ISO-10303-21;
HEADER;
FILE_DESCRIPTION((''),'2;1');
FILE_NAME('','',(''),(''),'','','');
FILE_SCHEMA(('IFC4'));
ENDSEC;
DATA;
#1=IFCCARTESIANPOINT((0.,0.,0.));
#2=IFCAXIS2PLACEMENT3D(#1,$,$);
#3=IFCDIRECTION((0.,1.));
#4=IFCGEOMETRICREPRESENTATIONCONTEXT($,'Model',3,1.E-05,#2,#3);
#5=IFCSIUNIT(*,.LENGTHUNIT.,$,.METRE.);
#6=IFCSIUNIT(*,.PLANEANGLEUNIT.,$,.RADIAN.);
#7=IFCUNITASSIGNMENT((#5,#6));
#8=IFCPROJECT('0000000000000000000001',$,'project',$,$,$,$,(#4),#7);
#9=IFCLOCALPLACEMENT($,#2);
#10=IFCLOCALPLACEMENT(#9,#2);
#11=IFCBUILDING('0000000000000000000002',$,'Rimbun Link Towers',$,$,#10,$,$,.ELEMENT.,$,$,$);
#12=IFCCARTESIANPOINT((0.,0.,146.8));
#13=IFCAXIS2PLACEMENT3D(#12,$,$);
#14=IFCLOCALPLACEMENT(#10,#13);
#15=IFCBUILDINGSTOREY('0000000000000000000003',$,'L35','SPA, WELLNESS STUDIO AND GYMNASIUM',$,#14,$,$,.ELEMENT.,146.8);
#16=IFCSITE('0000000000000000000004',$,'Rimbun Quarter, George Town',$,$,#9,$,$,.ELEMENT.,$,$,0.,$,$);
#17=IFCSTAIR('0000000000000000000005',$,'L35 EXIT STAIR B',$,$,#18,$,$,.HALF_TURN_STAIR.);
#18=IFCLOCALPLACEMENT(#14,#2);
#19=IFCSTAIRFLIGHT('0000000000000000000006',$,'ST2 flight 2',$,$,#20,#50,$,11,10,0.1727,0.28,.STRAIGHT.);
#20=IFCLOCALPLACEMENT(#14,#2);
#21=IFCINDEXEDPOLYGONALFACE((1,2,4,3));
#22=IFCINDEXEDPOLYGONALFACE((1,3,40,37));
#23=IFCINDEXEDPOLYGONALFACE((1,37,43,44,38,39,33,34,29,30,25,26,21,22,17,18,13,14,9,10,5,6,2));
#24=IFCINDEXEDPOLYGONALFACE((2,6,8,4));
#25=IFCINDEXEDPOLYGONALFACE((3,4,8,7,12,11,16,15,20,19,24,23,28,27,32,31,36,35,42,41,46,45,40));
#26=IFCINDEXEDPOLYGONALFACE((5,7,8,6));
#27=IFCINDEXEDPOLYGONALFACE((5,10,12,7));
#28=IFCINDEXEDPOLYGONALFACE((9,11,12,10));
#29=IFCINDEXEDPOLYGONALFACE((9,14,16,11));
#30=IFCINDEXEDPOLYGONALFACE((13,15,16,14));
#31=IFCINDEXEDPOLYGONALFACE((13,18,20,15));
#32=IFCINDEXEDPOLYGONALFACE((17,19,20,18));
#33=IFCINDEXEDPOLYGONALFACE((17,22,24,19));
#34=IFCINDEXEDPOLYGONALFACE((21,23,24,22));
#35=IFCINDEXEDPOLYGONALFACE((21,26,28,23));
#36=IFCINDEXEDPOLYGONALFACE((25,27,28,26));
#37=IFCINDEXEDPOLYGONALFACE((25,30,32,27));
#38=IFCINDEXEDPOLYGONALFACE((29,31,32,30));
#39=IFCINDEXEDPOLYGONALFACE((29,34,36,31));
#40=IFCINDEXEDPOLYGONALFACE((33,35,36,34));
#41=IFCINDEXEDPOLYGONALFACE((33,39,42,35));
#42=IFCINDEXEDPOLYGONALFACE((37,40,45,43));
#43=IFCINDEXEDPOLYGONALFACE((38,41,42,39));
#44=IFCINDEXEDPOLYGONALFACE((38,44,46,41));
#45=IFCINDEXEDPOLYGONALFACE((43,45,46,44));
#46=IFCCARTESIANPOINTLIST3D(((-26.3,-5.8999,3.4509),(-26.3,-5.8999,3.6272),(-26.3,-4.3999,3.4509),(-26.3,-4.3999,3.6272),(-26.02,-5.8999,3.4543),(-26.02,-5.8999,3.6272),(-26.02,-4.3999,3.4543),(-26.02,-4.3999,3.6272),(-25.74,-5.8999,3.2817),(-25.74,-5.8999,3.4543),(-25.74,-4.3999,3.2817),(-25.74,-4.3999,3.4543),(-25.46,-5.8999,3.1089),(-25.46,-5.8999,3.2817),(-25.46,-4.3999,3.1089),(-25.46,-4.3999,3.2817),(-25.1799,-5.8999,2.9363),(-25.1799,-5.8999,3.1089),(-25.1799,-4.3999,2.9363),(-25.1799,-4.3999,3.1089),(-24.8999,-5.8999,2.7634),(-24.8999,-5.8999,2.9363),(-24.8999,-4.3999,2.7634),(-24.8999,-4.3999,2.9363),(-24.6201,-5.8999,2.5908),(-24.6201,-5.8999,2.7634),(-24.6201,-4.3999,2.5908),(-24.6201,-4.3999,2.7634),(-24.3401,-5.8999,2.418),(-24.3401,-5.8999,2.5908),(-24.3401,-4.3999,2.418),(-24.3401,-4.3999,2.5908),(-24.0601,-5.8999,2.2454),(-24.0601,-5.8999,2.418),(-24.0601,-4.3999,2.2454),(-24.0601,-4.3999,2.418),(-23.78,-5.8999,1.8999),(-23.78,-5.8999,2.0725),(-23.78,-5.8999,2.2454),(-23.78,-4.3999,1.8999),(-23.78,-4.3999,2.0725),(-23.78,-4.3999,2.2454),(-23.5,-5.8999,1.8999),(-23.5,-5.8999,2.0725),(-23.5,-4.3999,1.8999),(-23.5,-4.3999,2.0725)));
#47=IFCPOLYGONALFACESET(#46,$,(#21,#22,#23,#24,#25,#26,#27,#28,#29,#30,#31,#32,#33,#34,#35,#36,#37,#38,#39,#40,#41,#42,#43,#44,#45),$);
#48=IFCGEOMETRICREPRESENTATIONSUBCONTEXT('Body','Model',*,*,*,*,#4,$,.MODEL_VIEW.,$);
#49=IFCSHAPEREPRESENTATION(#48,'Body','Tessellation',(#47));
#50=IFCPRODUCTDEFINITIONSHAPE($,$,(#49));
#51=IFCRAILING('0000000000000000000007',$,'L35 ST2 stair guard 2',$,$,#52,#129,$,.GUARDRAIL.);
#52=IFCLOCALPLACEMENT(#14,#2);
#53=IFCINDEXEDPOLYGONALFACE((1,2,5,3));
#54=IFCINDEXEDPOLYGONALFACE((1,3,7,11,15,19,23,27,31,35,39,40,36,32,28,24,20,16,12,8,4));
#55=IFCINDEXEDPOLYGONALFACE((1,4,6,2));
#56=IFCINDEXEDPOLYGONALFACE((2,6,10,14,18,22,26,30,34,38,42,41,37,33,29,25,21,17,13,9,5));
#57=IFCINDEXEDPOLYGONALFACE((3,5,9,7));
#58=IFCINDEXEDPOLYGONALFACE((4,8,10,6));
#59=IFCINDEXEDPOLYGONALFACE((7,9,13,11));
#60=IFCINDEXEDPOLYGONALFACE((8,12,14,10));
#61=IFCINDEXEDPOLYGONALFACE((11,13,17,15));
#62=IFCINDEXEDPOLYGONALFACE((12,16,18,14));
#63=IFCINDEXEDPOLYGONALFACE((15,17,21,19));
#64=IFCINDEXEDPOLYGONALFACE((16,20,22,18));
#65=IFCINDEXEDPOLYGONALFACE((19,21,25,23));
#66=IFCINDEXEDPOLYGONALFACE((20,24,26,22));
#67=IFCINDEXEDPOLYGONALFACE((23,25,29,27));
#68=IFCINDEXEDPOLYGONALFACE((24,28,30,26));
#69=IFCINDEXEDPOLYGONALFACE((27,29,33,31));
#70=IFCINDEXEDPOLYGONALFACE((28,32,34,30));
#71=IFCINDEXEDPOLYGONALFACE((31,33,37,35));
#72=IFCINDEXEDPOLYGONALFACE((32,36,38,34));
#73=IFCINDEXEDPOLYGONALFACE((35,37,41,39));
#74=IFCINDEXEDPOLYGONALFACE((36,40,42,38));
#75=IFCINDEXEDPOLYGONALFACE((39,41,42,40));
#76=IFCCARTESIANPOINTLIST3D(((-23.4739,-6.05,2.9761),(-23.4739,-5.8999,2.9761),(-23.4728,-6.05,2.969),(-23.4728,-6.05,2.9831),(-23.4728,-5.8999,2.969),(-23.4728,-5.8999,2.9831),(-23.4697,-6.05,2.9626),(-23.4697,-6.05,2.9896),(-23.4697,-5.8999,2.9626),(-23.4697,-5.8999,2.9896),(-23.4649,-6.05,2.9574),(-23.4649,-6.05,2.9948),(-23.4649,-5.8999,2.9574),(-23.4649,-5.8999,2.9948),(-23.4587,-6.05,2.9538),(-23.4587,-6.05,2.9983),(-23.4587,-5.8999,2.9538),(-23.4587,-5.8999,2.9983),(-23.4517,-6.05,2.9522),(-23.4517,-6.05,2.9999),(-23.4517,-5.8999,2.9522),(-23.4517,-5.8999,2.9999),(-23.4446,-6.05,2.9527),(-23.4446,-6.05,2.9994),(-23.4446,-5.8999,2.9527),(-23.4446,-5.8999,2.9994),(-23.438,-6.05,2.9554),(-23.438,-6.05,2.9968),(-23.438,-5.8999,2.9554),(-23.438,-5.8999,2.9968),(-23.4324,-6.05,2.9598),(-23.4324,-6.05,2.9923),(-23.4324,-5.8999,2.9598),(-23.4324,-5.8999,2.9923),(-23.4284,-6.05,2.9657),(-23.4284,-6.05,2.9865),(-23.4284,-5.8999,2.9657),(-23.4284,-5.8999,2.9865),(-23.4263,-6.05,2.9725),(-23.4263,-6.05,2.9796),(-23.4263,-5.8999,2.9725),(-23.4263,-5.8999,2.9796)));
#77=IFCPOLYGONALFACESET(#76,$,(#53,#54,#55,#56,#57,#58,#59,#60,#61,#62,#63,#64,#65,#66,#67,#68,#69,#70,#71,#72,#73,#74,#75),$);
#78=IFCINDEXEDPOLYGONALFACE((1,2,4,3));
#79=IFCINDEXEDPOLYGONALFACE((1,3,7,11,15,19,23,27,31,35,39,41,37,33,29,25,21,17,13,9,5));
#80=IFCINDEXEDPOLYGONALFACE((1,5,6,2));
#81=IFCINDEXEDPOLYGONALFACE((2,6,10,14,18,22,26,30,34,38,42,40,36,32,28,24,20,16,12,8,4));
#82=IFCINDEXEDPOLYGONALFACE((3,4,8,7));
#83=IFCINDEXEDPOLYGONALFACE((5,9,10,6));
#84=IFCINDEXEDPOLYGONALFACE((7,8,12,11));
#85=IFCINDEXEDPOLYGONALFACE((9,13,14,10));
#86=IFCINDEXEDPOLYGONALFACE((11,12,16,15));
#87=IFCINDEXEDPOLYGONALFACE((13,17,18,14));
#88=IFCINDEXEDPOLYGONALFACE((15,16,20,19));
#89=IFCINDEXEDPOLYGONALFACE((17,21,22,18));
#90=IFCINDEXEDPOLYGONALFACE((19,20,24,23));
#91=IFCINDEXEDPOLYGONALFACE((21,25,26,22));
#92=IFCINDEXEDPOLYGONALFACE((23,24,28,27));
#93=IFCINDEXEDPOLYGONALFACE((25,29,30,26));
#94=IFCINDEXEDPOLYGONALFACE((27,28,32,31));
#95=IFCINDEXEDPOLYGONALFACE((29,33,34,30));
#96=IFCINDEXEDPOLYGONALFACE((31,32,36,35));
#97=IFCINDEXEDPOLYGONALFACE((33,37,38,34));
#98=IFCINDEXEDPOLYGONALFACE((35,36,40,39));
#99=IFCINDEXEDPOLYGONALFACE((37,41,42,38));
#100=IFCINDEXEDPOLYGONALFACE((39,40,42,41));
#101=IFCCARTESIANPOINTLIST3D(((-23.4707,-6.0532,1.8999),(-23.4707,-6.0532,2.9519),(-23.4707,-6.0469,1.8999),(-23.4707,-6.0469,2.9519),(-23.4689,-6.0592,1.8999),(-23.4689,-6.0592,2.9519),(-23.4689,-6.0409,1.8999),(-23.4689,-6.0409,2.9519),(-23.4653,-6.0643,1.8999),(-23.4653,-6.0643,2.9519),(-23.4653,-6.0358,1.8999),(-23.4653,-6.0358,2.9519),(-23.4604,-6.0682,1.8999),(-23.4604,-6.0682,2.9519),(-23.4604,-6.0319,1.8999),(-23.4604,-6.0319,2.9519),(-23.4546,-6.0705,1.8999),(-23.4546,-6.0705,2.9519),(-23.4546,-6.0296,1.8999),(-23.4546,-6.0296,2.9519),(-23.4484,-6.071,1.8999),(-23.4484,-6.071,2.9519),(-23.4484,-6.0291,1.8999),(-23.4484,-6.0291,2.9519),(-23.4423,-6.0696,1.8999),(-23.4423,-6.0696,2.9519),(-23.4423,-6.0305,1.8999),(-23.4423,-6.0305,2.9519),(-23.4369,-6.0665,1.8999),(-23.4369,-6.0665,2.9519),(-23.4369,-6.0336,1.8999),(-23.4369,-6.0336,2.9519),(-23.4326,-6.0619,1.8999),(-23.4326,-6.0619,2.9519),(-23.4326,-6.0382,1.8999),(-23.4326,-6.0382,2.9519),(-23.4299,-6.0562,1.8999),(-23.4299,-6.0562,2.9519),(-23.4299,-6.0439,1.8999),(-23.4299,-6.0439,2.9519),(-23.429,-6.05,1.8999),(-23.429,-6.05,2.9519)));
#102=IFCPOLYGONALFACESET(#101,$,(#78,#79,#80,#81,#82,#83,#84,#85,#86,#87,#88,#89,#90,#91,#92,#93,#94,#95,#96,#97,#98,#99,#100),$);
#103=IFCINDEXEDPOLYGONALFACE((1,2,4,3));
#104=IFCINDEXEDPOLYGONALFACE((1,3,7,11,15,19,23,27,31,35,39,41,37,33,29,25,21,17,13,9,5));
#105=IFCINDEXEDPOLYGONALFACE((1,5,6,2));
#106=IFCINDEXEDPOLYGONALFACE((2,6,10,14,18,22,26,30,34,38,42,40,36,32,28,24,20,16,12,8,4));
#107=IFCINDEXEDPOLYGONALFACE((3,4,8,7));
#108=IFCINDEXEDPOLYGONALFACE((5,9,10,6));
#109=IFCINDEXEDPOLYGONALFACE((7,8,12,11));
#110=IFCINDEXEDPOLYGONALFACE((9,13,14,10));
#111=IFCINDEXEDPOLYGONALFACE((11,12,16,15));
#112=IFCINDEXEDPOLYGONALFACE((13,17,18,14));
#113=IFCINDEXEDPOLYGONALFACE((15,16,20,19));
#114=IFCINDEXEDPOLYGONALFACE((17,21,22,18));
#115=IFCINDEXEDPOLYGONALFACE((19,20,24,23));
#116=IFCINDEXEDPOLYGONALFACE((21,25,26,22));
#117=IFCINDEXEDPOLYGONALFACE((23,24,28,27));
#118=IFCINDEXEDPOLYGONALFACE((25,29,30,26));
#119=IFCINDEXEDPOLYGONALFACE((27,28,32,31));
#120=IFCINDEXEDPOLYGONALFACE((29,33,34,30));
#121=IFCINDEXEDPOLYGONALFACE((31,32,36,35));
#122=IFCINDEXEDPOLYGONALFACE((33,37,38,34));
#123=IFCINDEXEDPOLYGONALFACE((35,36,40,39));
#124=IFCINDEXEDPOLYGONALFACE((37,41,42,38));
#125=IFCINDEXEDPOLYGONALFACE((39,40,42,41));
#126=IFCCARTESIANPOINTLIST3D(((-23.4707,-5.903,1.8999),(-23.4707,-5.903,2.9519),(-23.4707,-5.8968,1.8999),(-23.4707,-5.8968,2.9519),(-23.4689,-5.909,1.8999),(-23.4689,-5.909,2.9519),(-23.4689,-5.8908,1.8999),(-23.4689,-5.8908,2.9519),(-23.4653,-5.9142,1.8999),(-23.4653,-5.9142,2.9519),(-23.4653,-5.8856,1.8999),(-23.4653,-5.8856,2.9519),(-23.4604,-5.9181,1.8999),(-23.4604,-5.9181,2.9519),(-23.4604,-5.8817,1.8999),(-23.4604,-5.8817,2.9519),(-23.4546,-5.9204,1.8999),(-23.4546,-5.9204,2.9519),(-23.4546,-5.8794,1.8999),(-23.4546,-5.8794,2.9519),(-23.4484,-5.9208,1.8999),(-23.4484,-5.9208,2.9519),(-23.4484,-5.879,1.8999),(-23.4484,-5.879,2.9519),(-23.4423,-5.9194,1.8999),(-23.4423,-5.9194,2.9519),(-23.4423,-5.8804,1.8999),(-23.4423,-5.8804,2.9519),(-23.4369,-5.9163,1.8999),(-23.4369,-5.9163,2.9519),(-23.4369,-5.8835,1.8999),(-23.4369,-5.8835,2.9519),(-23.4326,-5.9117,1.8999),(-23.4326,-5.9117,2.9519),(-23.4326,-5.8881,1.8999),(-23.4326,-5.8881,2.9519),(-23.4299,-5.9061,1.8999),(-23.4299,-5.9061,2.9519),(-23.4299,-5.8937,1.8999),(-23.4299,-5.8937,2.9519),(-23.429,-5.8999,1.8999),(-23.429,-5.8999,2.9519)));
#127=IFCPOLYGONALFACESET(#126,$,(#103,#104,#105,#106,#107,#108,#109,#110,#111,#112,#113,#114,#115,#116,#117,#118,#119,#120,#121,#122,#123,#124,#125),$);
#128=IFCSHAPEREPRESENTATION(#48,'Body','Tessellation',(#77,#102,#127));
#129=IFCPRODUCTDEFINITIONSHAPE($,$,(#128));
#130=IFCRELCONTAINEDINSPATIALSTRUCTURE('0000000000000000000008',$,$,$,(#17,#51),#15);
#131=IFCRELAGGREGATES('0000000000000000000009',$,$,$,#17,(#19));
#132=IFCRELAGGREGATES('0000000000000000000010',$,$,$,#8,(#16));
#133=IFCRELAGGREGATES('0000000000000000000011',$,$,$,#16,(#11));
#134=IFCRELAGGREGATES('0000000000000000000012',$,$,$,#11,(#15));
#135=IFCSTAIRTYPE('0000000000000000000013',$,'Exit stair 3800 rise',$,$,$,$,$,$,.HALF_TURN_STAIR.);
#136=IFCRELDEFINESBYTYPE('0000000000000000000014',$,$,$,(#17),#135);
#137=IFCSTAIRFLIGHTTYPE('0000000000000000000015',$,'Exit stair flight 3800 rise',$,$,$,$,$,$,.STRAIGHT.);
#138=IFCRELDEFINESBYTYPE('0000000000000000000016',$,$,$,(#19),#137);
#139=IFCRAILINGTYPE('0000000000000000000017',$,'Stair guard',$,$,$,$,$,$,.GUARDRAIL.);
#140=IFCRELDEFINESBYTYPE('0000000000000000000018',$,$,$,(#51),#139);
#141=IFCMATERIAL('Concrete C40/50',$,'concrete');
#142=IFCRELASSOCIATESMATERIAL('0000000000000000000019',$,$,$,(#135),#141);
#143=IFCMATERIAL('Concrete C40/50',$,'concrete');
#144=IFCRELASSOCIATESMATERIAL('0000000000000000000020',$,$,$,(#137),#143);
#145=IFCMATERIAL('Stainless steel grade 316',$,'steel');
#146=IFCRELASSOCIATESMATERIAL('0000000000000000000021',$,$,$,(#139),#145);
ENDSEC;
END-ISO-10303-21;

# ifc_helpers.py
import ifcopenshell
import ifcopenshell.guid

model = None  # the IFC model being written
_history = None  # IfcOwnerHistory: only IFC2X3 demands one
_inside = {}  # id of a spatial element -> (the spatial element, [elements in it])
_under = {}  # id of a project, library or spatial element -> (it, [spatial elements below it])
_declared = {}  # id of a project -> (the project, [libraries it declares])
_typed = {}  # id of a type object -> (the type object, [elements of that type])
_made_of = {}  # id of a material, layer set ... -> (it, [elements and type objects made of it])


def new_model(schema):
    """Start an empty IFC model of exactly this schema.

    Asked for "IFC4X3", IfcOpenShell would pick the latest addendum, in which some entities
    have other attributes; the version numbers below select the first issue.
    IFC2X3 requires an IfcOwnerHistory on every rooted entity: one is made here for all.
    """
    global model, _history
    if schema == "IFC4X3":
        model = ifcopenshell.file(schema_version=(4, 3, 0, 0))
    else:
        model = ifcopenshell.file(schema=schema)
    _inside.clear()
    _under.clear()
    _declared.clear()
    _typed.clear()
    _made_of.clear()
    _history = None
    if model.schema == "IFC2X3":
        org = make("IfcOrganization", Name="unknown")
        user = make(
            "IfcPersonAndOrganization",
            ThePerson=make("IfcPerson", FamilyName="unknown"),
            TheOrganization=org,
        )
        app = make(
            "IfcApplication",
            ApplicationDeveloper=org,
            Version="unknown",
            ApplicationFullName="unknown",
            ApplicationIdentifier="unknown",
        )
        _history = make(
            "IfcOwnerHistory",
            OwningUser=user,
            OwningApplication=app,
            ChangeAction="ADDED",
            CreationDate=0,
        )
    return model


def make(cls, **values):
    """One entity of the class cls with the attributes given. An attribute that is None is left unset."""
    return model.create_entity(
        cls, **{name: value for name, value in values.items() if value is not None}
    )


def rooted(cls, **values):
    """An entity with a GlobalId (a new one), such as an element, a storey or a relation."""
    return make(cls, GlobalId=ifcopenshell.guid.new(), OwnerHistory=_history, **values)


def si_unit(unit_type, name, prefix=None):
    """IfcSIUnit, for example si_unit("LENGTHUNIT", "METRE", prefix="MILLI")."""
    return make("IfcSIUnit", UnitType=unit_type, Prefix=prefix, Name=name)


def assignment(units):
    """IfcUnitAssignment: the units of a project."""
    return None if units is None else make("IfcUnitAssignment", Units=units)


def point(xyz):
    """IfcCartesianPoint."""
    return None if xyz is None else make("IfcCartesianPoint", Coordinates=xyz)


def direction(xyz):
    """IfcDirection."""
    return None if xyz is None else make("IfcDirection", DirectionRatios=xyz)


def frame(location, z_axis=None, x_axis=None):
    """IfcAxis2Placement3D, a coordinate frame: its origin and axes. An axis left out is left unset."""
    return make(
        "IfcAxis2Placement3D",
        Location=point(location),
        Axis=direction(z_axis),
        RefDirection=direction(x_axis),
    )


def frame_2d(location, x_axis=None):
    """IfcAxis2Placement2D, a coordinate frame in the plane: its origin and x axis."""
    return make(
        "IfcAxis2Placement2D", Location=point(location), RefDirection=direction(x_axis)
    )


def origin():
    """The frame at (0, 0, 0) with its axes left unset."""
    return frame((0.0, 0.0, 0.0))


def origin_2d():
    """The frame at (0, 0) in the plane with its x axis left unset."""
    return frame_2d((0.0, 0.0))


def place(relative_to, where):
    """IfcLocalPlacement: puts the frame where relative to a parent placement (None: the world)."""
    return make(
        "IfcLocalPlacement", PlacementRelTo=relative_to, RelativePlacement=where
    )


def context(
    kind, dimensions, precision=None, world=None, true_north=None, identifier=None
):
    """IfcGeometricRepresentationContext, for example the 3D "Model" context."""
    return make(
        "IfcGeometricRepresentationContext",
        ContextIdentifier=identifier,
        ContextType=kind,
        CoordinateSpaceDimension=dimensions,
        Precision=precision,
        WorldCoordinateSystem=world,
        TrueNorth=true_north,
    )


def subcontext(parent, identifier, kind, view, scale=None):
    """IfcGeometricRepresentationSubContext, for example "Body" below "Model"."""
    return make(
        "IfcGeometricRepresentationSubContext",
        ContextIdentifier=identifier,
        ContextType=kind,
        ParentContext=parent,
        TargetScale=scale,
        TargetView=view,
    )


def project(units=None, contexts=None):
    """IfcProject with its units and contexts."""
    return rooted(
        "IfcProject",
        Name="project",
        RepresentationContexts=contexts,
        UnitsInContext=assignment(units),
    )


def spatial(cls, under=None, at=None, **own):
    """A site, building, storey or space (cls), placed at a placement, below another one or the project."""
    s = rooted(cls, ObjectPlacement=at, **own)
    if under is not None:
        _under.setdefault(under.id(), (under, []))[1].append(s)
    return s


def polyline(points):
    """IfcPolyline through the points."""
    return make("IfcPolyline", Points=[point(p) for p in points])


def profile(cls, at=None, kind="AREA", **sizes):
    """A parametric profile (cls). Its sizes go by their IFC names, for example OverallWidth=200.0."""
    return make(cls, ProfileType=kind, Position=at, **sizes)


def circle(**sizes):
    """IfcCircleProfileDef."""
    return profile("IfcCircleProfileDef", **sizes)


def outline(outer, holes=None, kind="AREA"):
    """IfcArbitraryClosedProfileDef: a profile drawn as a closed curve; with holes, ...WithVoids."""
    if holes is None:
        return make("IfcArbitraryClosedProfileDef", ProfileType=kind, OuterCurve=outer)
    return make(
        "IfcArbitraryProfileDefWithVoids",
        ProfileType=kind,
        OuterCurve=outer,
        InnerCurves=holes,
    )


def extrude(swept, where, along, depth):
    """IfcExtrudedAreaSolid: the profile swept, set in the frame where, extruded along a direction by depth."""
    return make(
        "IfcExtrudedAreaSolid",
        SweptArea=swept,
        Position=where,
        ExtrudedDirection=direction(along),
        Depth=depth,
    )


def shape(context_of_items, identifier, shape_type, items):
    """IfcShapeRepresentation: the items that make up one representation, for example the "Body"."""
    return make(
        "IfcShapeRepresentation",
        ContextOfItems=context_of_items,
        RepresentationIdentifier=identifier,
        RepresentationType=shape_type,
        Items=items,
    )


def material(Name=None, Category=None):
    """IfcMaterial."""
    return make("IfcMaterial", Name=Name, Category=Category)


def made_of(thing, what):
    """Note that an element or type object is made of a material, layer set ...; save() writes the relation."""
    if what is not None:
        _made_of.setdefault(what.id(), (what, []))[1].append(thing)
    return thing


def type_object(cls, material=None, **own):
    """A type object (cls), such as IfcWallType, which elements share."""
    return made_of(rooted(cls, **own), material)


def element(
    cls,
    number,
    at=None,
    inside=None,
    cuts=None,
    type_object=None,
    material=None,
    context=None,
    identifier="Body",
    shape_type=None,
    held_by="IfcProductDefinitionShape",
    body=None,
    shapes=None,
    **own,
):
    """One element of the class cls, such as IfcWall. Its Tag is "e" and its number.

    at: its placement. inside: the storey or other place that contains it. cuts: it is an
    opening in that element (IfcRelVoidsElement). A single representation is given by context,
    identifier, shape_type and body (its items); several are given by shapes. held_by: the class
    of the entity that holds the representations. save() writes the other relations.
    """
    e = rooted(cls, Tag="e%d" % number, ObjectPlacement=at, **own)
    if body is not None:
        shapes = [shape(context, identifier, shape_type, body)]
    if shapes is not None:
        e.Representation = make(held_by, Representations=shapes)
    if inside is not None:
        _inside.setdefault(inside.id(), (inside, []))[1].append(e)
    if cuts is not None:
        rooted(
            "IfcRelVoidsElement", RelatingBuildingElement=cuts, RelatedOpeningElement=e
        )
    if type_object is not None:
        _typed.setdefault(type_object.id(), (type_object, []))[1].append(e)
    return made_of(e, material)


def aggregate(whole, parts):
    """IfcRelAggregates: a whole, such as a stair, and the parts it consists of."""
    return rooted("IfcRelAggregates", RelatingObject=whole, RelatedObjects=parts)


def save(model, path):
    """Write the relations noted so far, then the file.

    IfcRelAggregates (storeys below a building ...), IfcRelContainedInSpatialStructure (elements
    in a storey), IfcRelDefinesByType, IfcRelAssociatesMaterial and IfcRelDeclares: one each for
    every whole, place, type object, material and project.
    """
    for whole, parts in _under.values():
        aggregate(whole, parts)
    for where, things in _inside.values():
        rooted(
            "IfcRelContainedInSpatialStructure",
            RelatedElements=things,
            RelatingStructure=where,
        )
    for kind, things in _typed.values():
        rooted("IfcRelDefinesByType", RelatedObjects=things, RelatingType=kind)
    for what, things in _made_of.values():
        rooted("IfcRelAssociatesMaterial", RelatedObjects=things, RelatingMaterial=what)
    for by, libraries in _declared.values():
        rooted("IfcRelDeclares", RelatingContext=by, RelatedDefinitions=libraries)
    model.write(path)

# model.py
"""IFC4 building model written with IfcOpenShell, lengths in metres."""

from ifc_helpers import new_model, si_unit, direction, frame, origin, origin_2d, place, context, subcontext, project, spatial, polyline, circle, outline, extrude, material, type_object, element, aggregate, save


model = new_model("IFC4")

# Units and contexts
model_context = context("Model", 3, precision=1e-05, world=origin(), true_north=direction((0.0, 1.0)))
body_context = subcontext(model_context, "Body", "Model", "MODEL_VIEW")
ifc_project = project(units=[si_unit("LENGTHUNIT", "METRE"), si_unit("PLANEANGLEUNIT", "RADIAN")], contexts=[model_context])

# Site, building, storey
site_placement = place(None, origin())
site = spatial("IfcSite", under=ifc_project, at=site_placement, Name="Rimbun Quarter, George Town", CompositionType="ELEMENT", RefElevation=0.0)
building_placement = place(site_placement, origin())
building = spatial("IfcBuilding", under=site, at=building_placement, Name="Rimbun Link Towers", CompositionType="ELEMENT")
storey_placement = place(building_placement, frame((0.0, 0.0, 146.8)))
storey = spatial("IfcBuildingStorey", under=building, at=storey_placement, Name="L35", Description="SPA, WELLNESS STUDIO AND GYMNASIUM", CompositionType="ELEMENT", Elevation=146.8)

# Stair, stair flight
ifc_material_1 = material(Name="Concrete C40/50", Category="concrete")
stair_type = type_object("IfcStairType", Name="Exit stair 3800 rise", PredefinedType="HALF_TURN_STAIR", material=ifc_material_1)
stair_placement = place(storey_placement, origin())
stair = element("IfcStair", 1, at=stair_placement, inside=storey, type_object=stair_type, Name="L35 EXIT STAIR B", PredefinedType="HALF_TURN_STAIR")
ifc_material_2 = material(Name="Concrete C40/50", Category="concrete")
stair_flight_type = type_object("IfcStairFlightType", Name="Exit stair flight 3800 rise", PredefinedType="STRAIGHT", material=ifc_material_2)
stair_flight_placement = place(storey_placement, frame((-23.5, -5.1499, 1.8999), z_axis=(0.0, 0.0, 1.0), x_axis=(-1.0, 0.0, 0.0)))
stair_flight = element("IfcStairFlight", 2, at=stair_flight_placement, type_object=stair_flight_type, Name="ST2 flight 2", NumberOfRisers=11, NumberOfTreads=10, PredefinedType="STRAIGHT", RiserHeight=0.1727, TreadLength=0.28, context=body_context, shape_type="SweptSolid", body=[
    extrude(outline(polyline([(0.0, 0.0), (0.0, 0.1726), (0.28, 0.1726), (0.28, 0.3455), (0.5601, 0.3455), (0.5601, 0.5181), (0.8401, 0.5181), (0.8401, 0.6909), (1.1201, 0.6909), (1.1201, 0.8635), (1.3999, 0.8635), (1.3999, 1.0364), (1.6799, 1.0364), (1.6799, 1.209), (1.96, 1.209), (1.96, 1.3818), (2.24, 1.3818), (2.24, 1.5544), (2.52, 1.5544), (2.52, 1.7273), (2.8, 1.7273), (2.8, 1.8999), (2.8, 1.551), (0.28, 0.0), (0.0, 0.0)])), frame((0.0, 0.75, 0.0), z_axis=(0.0, -1.0, 0.0), x_axis=(1.0, 0.0, 0.0)), (0.0, 0.0, 1.0), 1.5),
])
aggregate(stair, [stair_flight])

# Railing
ifc_material_3 = material(Name="Stainless steel grade 316", Category="steel")
railing_type_1 = type_object("IfcRailingType", Name="Stair guard", PredefinedType="GUARDRAIL", material=ifc_material_3)
railing_1_placement = place(storey_placement, frame((-23.45, -6.05, 1.8999)))
element("IfcRailing", 3, at=railing_1_placement, inside=storey, type_object=railing_type_1, Name="L35 ST2 stair guard 2", PredefinedType="GUARDRAIL", context=body_context, shape_type="SweptSolid", body=[
    extrude(circle(Radius=0.0239, at=origin_2d()), frame((0.0, 0.0, 1.0762), z_axis=(0.0, 1.0, 0.0), x_axis=(-1.0, 0.0, 0.0)), (0.0, 0.0, 1.0), 0.1501),
    extrude(circle(Radius=0.021, at=origin_2d()), origin(), (0.0, 0.0, 1.0), 1.052),
    extrude(circle(Radius=0.021, at=origin_2d()), frame((0.0, 0.1501, 0.0)), (0.0, 0.0, 1.0), 1.052),
])

save(model, "model.ifc")
